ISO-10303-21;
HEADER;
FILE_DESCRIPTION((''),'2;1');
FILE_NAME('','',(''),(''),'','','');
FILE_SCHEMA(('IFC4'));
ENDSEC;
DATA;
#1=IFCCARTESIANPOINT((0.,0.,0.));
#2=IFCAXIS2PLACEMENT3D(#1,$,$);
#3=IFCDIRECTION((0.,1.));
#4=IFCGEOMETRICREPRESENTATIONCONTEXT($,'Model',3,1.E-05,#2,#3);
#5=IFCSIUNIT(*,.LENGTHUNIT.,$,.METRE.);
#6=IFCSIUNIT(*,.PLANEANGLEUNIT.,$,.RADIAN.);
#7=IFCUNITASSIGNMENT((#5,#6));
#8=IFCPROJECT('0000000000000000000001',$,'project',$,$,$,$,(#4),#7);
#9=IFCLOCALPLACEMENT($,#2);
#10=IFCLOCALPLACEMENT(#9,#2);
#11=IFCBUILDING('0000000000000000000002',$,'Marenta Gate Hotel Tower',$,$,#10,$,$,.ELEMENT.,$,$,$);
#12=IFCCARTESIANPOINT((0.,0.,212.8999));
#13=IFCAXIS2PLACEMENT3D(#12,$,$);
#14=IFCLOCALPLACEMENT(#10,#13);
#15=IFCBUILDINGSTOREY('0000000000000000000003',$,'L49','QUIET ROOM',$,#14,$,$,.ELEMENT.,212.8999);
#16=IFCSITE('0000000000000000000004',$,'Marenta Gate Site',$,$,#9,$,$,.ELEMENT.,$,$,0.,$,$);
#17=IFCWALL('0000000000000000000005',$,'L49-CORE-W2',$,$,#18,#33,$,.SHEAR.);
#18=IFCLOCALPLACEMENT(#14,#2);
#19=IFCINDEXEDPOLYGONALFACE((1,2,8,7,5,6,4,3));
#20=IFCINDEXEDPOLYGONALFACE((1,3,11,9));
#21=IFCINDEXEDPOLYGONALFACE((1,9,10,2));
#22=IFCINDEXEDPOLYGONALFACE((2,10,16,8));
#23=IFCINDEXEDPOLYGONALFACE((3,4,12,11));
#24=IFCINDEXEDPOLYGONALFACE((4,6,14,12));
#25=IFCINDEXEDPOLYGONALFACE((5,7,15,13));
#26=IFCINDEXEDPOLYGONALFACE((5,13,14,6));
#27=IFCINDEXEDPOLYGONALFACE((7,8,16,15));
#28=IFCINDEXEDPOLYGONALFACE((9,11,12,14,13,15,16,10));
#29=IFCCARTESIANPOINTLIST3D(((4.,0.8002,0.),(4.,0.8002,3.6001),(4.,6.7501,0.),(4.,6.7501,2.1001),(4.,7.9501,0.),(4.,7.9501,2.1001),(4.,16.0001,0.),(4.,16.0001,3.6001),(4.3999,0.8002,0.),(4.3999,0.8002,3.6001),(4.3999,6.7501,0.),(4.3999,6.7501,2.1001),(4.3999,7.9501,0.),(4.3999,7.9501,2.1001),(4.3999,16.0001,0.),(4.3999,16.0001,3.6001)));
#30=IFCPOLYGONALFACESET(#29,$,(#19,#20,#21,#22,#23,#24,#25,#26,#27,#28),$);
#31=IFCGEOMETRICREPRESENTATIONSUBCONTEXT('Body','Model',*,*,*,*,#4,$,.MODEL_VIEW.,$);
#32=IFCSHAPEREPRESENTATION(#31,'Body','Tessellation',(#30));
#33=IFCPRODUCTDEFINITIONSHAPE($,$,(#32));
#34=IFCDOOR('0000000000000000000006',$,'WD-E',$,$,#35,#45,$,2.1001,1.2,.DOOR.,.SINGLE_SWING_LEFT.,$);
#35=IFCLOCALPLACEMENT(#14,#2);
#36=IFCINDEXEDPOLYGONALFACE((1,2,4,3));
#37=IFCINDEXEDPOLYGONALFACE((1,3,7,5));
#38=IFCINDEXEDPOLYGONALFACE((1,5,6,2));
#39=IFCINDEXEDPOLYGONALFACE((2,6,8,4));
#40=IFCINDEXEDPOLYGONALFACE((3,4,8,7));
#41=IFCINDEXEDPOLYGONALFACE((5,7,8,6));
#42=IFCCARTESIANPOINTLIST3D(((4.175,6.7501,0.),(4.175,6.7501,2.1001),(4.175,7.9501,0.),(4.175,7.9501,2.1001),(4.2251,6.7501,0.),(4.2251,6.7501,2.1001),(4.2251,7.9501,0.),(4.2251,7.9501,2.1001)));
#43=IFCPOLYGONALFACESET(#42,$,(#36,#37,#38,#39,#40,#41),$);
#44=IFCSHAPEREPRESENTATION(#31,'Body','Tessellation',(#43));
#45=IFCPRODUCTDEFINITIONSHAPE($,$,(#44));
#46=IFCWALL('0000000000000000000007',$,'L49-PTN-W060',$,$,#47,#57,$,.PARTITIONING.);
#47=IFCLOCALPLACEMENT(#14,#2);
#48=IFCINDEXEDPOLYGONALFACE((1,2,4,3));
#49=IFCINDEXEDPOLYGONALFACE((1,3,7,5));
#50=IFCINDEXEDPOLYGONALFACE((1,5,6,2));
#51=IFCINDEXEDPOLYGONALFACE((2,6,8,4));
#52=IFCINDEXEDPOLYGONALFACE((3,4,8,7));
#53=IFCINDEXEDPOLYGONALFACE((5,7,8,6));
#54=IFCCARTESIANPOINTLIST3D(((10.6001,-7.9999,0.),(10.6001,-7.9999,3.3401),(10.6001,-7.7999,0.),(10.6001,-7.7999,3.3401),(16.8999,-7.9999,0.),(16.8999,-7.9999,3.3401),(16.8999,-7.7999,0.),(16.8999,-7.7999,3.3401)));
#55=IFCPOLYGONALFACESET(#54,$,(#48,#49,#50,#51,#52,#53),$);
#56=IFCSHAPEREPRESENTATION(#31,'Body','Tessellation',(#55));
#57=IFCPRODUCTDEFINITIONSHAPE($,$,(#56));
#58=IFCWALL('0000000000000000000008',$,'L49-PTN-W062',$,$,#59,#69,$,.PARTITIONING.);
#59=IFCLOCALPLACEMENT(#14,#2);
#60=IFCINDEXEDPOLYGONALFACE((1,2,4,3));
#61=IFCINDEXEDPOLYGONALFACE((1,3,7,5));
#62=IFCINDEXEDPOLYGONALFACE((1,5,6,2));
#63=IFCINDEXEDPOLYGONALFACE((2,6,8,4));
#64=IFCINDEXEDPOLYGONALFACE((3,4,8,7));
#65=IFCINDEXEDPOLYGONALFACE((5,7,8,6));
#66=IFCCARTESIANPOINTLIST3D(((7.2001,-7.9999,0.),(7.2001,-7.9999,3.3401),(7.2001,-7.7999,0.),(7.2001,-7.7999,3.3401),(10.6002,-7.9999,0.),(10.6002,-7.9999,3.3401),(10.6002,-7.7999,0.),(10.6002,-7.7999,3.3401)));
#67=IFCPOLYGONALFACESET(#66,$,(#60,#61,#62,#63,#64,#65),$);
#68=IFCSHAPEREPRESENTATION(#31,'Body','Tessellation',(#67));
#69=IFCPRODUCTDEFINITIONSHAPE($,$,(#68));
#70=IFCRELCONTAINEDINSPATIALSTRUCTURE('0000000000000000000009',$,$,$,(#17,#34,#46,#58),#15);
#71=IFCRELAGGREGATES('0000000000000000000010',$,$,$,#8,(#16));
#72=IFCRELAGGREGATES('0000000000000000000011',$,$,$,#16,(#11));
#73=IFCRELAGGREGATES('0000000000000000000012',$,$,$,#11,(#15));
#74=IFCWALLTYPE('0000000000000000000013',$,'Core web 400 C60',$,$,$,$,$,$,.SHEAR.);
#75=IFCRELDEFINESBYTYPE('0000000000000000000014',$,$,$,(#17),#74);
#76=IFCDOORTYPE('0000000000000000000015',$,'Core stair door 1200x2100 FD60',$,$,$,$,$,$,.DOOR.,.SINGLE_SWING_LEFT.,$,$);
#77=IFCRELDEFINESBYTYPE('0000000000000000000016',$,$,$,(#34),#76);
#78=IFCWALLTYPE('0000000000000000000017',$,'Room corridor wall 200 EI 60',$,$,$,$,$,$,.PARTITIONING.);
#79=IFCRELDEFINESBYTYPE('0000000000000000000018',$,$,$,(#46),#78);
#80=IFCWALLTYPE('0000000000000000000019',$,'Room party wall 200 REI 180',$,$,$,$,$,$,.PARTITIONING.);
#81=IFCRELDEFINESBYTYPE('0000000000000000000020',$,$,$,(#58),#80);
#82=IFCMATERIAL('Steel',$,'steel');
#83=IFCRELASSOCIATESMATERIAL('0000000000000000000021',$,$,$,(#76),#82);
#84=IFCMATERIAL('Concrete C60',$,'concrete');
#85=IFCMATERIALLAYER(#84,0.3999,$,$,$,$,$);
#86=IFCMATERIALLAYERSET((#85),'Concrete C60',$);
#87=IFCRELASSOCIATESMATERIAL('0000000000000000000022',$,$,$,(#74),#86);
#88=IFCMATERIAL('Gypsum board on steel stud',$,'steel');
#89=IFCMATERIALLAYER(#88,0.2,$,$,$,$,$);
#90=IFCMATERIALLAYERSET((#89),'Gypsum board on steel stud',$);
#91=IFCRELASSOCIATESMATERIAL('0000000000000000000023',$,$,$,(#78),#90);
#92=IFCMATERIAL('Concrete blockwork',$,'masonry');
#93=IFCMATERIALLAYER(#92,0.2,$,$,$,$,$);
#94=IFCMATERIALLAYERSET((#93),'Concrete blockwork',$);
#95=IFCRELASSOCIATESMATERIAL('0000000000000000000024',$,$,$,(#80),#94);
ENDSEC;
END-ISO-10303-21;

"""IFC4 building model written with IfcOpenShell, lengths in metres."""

from ifc_helpers import new_model, si_unit, direction, frame, frame_2d, origin, place, context, subcontext, project, spatial, rectangle, extrude, material, layer, layer_set, type_object, element, fill, save


model = new_model("IFC4")

# Units and contexts
model_context = context("Model", 3, precision=1e-05, world=origin(), true_north=direction((0.0, 1.0)))
body_context = subcontext(model_context, "Body", "Model", "MODEL_VIEW")
ifc_project = project(units=[si_unit("LENGTHUNIT", "METRE"), si_unit("PLANEANGLEUNIT", "RADIAN")], contexts=[model_context])

# Site, building, storey
site_placement = place(None, origin())
site = spatial("IfcSite", under=ifc_project, at=site_placement, Name="Marenta Gate Site", CompositionType="ELEMENT", RefElevation=0.0)
building_placement = place(site_placement, origin())
building = spatial("IfcBuilding", under=site, at=building_placement, Name="Marenta Gate Hotel Tower", CompositionType="ELEMENT")
storey_placement = place(building_placement, frame((0.0, 0.0, 212.8999)))
storey = spatial("IfcBuildingStorey", under=building, at=storey_placement, Name="L49", Description="QUIET ROOM", CompositionType="ELEMENT", Elevation=212.8999)

# Shared definitions
ifc_material_1 = material(Name="Steel", Category="steel")
door_type_1 = type_object("IfcDoorType", Name="Core stair door 1200x2100 FD60", OperationType="SINGLE_SWING_LEFT", PredefinedType="DOOR", material=ifc_material_1)

# Wall, opening, door
ifc_material_2 = material(Name="Concrete C60", Category="concrete")
ifc_layer_1 = layer(ifc_material_2, 0.3999)
ifc_layer_set_1 = layer_set([ifc_layer_1], Name="Concrete C60")
wall_type_1 = type_object("IfcWallType", Name="Core web 400 C60", PredefinedType="SHEAR", material=ifc_layer_set_1)
wall_1_placement = place(storey_placement, frame((4.2, 0.8, 0.0), z_axis=(0.0, 0.0, 1.0), x_axis=(0.0, 1.0, 0.0)))
wall_1 = element("IfcWall", 1, at=wall_1_placement, inside=storey, type_object=wall_type_1, Name="L49-CORE-W2", PredefinedType="SHEAR", context=body_context, shape_type="SweptSolid", body=[
    extrude(rectangle(XDim=15.2, YDim=0.3999, at=frame_2d((7.6001, 0.0))), origin(), (0.0, 0.0, 1.0), 3.6001),
])
opening_1_placement = place(wall_1_placement, frame((5.95, 0.0, 0.0)))
opening_1 = element("IfcOpeningElement", 2, at=opening_1_placement, cuts=wall_1, PredefinedType="OPENING", context=body_context, shape_type="SweptSolid", body=[
    extrude(rectangle(XDim=1.2, YDim=2.1001, at=frame_2d((0.6001, 1.05))), frame((0.0, 0.2, 0.0), z_axis=(0.0, -1.0, 0.0), x_axis=(1.0, 0.0, 0.0)), (0.0, 0.0, 1.0), 0.3999),
])
door_1_placement = place(opening_1_placement, origin())
door_1 = element("IfcDoor", 3, at=door_1_placement, inside=storey, type_object=door_type_1, Name="WD-E", OperationType="SINGLE_SWING_LEFT", OverallHeight=2.1001, OverallWidth=1.2, PredefinedType="DOOR", context=body_context, shape_type="SweptSolid", body=[
    extrude(rectangle(XDim=1.2, YDim=2.1001, at=frame_2d((0.6001, 1.05))), frame((0.0, 0.0249, 0.0), z_axis=(0.0, -1.0, 0.0), x_axis=(1.0, 0.0, 0.0)), (0.0, 0.0, 1.0), 0.05),
])
fill(opening_1, door_1)

# Walls
ifc_material_3 = material(Name="Gypsum board on steel stud", Category="steel")
ifc_layer_2 = layer(ifc_material_3, 0.2)
ifc_layer_set_2 = layer_set([ifc_layer_2], Name="Gypsum board on steel stud")
wall_type_2 = type_object("IfcWallType", Name="Room corridor wall 200 EI 60", PredefinedType="PARTITIONING", material=ifc_layer_set_2)
wall_2_placement = place(storey_placement, frame((10.6001, -7.8999, 0.0), z_axis=(0.0, 0.0, 1.0), x_axis=(1.0, 0.0, 0.0)))
element("IfcWall", 4, at=wall_2_placement, inside=storey, type_object=wall_type_2, Name="L49-PTN-W060", PredefinedType="PARTITIONING", context=body_context, shape_type="SweptSolid", body=[
    extrude(rectangle(XDim=6.2998, YDim=0.2, at=frame_2d((3.1499, 0.0))), origin(), (0.0, 0.0, 1.0), 3.3401),
])
ifc_material_4 = material(Name="Concrete blockwork", Category="masonry")
ifc_layer_3 = layer(ifc_material_4, 0.2)
ifc_layer_set_3 = layer_set([ifc_layer_3], Name="Concrete blockwork")
wall_type_3 = type_object("IfcWallType", Name="Room party wall 200 REI 180", PredefinedType="PARTITIONING", material=ifc_layer_set_3)
wall_3_placement = place(storey_placement, frame((7.2, -7.8999, 0.0), z_axis=(0.0, 0.0, 1.0), x_axis=(1.0, 0.0, 0.0)))
element("IfcWall", 5, at=wall_3_placement, inside=storey, type_object=wall_type_3, Name="L49-PTN-W062", PredefinedType="PARTITIONING", context=body_context, shape_type="SweptSolid", body=[
    extrude(rectangle(XDim=3.4001, YDim=0.2, at=frame_2d((1.7002, 0.0))), origin(), (0.0, 0.0, 1.0), 3.3401),
])

save(model, "model.ifc")
